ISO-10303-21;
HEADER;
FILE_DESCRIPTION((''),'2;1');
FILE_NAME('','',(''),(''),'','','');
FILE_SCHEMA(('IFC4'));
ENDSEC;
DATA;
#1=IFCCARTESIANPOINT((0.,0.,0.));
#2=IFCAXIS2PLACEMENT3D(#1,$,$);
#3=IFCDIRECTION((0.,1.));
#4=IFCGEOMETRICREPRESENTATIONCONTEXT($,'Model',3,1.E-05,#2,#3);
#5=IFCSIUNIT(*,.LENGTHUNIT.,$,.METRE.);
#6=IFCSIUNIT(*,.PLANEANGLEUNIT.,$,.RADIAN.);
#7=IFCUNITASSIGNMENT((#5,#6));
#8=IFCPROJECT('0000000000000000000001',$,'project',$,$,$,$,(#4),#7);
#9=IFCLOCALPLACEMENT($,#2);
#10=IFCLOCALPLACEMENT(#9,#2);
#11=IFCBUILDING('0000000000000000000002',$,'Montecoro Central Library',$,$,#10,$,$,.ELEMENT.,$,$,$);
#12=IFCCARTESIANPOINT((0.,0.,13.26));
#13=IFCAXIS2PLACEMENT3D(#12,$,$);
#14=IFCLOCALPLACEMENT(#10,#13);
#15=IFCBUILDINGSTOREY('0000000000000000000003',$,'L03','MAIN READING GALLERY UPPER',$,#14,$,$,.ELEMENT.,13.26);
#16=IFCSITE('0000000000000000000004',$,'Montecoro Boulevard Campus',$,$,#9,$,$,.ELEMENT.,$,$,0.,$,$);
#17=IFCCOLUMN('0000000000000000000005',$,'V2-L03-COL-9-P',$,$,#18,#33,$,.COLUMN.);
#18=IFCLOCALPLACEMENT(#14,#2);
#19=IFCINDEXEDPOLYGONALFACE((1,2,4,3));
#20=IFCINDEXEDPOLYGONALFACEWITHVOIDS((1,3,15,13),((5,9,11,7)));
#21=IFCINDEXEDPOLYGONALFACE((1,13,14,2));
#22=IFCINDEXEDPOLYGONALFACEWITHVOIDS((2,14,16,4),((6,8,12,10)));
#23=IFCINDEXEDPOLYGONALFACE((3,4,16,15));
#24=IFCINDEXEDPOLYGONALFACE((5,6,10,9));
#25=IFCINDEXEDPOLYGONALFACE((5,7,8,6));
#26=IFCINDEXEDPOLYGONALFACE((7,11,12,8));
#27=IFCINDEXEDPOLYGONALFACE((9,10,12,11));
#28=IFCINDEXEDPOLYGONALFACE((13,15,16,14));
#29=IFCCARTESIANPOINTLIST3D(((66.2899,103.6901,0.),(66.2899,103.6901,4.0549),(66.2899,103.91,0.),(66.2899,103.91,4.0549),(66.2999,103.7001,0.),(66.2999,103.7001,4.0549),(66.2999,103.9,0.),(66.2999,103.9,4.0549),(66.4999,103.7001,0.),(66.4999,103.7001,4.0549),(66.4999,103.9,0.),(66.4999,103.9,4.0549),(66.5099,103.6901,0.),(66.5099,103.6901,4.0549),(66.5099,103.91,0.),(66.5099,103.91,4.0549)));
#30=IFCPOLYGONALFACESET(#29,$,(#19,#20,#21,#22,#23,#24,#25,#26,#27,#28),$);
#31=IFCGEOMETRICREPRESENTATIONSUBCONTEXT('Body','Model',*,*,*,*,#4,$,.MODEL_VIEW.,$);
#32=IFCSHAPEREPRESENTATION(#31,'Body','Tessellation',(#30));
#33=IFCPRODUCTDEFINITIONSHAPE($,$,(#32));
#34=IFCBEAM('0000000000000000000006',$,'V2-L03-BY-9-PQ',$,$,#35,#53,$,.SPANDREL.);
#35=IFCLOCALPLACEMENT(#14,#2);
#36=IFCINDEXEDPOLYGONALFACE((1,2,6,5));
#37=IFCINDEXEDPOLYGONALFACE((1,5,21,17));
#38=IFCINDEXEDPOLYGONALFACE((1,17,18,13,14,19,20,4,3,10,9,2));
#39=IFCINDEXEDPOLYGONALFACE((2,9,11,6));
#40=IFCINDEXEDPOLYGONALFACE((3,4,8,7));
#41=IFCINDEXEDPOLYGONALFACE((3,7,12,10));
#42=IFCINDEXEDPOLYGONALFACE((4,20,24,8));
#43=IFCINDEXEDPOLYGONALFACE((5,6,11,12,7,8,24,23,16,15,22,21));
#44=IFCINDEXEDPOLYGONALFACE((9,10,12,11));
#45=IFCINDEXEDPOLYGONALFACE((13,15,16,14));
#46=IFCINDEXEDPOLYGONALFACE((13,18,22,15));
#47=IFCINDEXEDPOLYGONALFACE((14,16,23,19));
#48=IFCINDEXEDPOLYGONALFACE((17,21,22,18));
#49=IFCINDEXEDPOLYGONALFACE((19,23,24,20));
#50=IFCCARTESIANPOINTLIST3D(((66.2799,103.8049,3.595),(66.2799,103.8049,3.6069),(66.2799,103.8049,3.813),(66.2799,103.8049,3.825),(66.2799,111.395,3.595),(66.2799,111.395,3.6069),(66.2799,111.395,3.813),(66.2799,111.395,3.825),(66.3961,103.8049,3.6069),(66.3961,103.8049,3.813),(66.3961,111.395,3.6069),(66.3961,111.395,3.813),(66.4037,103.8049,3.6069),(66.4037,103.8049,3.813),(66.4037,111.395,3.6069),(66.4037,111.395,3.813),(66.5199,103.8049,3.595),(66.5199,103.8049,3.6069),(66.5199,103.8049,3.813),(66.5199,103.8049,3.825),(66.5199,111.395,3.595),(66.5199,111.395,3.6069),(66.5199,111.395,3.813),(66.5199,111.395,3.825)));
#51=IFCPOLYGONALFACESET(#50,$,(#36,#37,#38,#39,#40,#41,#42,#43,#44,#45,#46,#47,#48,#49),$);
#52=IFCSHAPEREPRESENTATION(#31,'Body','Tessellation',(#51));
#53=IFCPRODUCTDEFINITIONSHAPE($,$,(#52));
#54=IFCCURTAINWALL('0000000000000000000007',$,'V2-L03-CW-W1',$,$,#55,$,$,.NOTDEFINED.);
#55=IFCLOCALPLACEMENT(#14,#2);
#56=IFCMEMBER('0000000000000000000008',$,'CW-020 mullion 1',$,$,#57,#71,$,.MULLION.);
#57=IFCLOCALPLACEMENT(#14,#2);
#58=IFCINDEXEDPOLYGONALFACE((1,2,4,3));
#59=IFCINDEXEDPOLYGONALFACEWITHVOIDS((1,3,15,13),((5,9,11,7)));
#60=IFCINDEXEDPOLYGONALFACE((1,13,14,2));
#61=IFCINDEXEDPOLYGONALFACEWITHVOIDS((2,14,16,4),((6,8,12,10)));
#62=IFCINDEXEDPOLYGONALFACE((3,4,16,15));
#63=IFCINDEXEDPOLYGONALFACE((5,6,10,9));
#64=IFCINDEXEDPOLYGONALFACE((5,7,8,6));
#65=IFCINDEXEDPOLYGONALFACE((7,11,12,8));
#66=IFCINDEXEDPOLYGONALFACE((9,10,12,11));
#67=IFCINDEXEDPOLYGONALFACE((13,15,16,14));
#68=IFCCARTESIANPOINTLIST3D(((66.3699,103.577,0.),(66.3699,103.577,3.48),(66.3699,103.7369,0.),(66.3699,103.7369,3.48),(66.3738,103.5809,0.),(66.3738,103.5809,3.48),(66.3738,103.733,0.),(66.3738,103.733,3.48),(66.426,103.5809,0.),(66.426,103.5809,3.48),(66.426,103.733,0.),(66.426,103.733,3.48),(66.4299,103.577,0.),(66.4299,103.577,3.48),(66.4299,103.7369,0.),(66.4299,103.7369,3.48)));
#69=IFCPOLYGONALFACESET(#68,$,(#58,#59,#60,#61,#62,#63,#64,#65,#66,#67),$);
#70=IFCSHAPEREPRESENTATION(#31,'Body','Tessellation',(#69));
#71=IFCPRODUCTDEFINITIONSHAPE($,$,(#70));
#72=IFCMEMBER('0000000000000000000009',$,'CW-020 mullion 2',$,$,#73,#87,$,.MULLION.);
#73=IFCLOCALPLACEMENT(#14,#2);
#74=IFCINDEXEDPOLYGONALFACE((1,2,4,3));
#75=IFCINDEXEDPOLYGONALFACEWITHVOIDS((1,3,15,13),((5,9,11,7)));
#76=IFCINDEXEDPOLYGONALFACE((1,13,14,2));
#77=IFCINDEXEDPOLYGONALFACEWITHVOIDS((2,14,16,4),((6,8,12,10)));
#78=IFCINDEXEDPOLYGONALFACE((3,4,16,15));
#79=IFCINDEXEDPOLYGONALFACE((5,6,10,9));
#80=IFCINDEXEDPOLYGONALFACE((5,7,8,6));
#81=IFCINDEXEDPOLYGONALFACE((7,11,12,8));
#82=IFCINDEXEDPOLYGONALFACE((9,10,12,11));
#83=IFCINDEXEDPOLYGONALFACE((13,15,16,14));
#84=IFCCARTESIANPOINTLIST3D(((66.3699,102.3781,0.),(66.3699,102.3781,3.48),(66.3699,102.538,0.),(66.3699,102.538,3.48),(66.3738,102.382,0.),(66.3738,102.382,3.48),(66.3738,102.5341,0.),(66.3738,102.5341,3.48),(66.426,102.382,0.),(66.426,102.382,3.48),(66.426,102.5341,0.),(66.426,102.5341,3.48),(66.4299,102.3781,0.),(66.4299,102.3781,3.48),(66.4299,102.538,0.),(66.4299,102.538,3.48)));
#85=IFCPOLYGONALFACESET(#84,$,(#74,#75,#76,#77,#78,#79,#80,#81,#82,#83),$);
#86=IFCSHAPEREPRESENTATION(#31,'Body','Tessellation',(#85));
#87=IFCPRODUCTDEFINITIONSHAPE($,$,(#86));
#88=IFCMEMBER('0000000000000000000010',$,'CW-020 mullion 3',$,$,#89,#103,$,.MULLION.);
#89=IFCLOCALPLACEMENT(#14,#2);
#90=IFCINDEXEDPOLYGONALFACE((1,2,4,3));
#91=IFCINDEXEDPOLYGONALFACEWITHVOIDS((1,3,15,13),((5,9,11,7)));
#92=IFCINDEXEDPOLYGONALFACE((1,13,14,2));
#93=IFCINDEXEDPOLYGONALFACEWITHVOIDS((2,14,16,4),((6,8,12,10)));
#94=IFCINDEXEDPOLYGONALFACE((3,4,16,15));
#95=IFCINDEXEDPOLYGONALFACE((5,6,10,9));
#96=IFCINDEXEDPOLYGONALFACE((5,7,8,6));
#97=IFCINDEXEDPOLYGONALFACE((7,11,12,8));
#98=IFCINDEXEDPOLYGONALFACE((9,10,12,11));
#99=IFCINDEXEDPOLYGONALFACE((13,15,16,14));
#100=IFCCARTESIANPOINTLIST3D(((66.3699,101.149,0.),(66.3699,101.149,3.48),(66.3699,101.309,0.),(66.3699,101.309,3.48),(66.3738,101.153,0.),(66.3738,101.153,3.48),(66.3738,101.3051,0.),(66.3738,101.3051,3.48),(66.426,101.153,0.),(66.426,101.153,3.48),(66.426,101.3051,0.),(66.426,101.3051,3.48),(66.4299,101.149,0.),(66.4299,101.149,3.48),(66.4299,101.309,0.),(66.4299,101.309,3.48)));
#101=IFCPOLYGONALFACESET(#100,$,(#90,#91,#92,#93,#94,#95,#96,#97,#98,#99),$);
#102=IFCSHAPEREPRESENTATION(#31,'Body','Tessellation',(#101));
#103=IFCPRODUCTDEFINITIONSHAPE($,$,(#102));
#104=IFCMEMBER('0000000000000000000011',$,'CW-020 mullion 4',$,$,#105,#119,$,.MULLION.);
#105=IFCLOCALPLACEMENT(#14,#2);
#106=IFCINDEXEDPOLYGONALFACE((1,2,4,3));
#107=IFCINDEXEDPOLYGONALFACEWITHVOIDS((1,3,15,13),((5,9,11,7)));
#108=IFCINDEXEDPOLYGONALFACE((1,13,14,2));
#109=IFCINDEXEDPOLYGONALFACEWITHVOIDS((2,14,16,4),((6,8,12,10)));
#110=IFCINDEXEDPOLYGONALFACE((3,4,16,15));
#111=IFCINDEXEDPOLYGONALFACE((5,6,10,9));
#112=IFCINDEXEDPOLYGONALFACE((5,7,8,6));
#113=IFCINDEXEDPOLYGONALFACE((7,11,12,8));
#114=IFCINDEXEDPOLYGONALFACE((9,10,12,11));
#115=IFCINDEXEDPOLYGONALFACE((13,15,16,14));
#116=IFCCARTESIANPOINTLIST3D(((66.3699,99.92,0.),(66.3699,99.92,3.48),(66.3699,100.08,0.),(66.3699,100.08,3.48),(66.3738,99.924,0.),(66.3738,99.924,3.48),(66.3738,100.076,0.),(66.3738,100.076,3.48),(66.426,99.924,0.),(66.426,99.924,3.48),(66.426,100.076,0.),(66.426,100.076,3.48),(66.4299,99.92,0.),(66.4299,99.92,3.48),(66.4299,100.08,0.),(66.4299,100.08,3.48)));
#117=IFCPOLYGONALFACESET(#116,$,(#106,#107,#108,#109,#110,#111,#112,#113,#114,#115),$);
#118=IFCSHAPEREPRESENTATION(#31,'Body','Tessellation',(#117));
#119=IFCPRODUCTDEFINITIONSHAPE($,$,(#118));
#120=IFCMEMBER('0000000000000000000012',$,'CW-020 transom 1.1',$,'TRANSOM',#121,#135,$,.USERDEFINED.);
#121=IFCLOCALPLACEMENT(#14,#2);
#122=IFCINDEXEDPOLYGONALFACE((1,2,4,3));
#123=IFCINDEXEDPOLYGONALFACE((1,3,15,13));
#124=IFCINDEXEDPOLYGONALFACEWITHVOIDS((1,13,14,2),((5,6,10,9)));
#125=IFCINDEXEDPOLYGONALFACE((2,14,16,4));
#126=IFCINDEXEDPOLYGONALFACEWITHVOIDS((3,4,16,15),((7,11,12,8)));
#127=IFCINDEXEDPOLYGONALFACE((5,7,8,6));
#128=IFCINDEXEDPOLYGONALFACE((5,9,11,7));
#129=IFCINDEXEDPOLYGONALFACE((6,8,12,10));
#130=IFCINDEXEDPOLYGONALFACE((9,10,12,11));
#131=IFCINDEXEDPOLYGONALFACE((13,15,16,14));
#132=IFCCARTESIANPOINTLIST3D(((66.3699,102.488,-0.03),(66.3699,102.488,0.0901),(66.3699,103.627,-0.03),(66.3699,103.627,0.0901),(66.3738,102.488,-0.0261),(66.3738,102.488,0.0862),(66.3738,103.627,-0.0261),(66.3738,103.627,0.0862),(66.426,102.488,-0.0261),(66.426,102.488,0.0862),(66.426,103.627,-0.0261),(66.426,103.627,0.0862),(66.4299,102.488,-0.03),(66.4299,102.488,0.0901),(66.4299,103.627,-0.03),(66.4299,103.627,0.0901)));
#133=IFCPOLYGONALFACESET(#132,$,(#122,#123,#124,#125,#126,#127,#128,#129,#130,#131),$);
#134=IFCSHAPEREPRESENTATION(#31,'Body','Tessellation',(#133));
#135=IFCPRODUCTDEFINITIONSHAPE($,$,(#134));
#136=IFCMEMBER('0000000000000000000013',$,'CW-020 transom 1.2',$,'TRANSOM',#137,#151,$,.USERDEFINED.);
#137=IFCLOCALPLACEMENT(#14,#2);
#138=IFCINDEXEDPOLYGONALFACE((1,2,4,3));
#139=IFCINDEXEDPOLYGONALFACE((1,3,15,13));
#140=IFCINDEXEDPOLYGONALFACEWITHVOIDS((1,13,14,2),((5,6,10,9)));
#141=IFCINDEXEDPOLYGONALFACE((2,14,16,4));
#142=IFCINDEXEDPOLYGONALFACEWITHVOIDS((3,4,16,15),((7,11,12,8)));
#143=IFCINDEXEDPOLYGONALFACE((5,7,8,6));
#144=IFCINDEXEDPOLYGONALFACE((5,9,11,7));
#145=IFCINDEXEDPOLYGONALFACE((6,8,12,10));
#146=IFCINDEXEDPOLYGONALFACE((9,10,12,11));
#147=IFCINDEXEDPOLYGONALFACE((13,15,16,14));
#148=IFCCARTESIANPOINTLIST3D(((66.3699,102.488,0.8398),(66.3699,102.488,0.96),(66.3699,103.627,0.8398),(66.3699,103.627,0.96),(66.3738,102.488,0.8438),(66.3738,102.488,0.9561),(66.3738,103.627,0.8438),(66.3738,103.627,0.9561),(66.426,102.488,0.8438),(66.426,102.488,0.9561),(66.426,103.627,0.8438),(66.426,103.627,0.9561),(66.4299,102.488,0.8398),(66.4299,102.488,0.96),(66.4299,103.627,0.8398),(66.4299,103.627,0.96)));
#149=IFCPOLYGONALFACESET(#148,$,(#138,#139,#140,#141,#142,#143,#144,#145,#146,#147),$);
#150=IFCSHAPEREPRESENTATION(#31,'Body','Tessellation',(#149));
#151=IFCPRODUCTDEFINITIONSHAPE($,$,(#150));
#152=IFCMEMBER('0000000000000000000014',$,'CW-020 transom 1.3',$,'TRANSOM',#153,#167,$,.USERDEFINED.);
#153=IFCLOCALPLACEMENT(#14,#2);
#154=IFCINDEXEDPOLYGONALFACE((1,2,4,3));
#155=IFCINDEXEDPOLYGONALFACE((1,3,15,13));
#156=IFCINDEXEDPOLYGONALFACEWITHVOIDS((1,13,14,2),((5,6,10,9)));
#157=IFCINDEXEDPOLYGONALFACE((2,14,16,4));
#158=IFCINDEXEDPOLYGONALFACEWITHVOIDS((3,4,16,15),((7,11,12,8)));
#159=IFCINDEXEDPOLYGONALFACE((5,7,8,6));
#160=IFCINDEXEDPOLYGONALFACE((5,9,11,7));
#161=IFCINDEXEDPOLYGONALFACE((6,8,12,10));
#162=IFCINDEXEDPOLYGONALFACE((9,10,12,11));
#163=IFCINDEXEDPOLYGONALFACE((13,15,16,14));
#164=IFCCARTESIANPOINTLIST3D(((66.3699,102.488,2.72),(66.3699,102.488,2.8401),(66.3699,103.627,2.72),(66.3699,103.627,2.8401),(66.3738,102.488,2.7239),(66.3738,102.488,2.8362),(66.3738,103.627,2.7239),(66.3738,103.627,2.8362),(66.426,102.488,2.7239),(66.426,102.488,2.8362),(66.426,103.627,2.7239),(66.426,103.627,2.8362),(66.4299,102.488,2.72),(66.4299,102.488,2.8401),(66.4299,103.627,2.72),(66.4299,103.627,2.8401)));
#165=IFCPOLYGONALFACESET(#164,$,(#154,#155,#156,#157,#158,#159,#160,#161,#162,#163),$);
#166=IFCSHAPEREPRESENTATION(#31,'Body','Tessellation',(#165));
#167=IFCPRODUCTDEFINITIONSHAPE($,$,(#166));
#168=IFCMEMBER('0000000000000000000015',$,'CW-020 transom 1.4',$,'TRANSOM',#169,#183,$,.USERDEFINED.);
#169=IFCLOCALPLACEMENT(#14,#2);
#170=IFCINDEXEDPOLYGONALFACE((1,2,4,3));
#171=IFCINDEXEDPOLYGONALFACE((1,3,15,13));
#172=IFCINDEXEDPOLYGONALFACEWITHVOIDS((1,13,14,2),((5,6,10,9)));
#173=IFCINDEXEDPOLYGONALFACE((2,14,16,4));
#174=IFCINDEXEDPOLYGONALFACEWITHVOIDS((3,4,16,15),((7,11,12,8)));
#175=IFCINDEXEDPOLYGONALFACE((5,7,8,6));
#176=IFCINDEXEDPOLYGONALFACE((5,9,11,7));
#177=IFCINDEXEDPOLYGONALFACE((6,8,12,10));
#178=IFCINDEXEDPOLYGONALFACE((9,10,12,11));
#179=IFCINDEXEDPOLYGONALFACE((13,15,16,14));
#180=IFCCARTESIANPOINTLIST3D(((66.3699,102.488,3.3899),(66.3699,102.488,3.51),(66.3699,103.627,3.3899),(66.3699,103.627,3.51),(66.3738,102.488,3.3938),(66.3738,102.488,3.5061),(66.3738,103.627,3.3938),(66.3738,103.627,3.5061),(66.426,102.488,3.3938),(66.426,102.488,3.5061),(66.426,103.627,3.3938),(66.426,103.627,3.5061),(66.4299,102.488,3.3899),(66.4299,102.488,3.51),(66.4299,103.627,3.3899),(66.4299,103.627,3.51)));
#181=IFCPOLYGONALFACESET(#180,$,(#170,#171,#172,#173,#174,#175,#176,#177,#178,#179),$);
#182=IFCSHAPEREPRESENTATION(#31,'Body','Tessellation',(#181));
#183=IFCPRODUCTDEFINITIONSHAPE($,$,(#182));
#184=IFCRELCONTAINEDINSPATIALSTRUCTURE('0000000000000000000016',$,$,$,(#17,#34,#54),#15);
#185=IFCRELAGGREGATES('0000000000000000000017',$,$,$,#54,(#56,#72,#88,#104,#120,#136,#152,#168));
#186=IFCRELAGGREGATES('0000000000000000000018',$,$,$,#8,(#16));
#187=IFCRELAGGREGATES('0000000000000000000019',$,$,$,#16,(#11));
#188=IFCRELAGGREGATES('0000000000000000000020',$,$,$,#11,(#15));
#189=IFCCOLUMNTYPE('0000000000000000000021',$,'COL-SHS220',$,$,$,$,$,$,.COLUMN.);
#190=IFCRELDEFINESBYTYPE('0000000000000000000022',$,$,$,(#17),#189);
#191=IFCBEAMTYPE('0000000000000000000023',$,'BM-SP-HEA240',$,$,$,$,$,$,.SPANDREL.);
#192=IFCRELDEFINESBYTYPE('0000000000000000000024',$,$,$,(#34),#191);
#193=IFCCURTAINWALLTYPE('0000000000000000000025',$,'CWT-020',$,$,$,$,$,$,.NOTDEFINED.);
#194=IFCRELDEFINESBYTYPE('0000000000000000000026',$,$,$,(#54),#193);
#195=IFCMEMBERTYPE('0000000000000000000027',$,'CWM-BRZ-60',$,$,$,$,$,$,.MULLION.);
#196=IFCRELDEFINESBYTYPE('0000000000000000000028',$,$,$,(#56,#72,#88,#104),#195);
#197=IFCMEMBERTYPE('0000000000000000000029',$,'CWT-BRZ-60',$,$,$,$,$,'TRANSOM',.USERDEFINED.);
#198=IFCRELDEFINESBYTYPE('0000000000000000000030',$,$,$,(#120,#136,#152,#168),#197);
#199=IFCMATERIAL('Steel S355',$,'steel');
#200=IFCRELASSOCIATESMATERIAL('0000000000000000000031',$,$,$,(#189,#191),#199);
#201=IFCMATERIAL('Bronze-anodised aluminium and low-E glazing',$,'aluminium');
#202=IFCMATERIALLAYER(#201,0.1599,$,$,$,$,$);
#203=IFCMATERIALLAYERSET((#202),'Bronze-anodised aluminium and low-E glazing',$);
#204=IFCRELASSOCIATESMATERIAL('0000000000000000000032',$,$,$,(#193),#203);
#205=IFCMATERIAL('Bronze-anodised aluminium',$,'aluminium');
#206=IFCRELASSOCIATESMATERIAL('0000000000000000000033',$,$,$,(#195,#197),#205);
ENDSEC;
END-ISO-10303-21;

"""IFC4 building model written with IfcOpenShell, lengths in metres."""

from ifc_helpers import new_model, si_unit, direction, frame, origin, origin_2d, place, context, subcontext, project, spatial, hollow_rectangle, i_section, extrude, material, layer, layer_set, material_profile, profile_set, type_object, element, aggregate, save


model = new_model("IFC4")

# Units and contexts
model_context = context("Model", 3, precision=1e-05, world=origin(), true_north=direction((0.0, 1.0)))
body_context = subcontext(model_context, "Body", "Model", "MODEL_VIEW")
ifc_project = project(units=[si_unit("LENGTHUNIT", "METRE"), si_unit("PLANEANGLEUNIT", "RADIAN")], contexts=[model_context])

# Site, building, storey
site_placement = place(None, origin())
site = spatial("IfcSite", under=ifc_project, at=site_placement, Name="Montecoro Boulevard Campus", CompositionType="ELEMENT", RefElevation=0.0)
building_placement = place(site_placement, origin())
building = spatial("IfcBuilding", under=site, at=building_placement, Name="Montecoro Central Library", CompositionType="ELEMENT")
storey_placement = place(building_placement, frame((0.0, 0.0, 13.26)))
storey = spatial("IfcBuildingStorey", under=building, at=storey_placement, Name="L03", Description="MAIN READING GALLERY UPPER", CompositionType="ELEMENT", Elevation=13.26)

# Column
ifc_material_1 = material(Name="Steel S355", Category="steel")
ifc_material_profile_1 = material_profile(ifc_material_1, hollow_rectangle(XDim=0.22, YDim=0.22, WallThickness=0.01, at=origin_2d()), Name="SHS 220x220x10.0")
ifc_profile_set_1 = profile_set([ifc_material_profile_1], Name="Steel S355")
column_type = type_object("IfcColumnType", Name="COL-SHS220", PredefinedType="COLUMN", material=ifc_profile_set_1)
column_placement = place(storey_placement, frame((66.3999, 103.8, 0.0), z_axis=(0.0, 0.0, 1.0), x_axis=(1.0, 0.0, 0.0)))
element("IfcColumn", 1, at=column_placement, inside=storey, type_object=column_type, Name="V2-L03-COL-9-P", PredefinedType="COLUMN", context=body_context, shape_type="SweptSolid", body=[
    extrude(hollow_rectangle(XDim=0.22, YDim=0.22, WallThickness=0.01, at=origin_2d()), origin(), (0.0, 0.0, 1.0), 4.0549),
])

# Beam
ifc_material_profile_2 = material_profile(ifc_material_1, i_section(OverallWidth=0.24, OverallDepth=0.23, WebThickness=0.0076, FlangeThickness=0.012, at=origin_2d()), Name="HEA 240")
ifc_profile_set_2 = profile_set([ifc_material_profile_2], Name="Steel S355")
beam_type = type_object("IfcBeamType", Name="BM-SP-HEA240", PredefinedType="SPANDREL", material=ifc_profile_set_2)
beam_placement = place(storey_placement, frame((66.3999, 103.8049, 3.71), z_axis=(0.0, 1.0, 0.0), x_axis=(-1.0, 0.0, 0.0)))
element("IfcBeam", 2, at=beam_placement, inside=storey, type_object=beam_type, Name="V2-L03-BY-9-PQ", PredefinedType="SPANDREL", context=body_context, shape_type="SweptSolid", body=[
    extrude(i_section(OverallWidth=0.24, OverallDepth=0.23, WebThickness=0.0076, FlangeThickness=0.012, at=origin_2d()), origin(), (0.0, 0.0, 1.0), 7.5901),
])

# Curtain wall, members
ifc_material_2 = material(Name="Bronze-anodised aluminium and low-E glazing", Category="aluminium")
ifc_layer_1 = layer(ifc_material_2, 0.1599)
ifc_layer_set_1 = layer_set([ifc_layer_1], Name="Bronze-anodised aluminium and low-E glazing")
curtain_wall_type = type_object("IfcCurtainWallType", Name="CWT-020", PredefinedType="NOTDEFINED", material=ifc_layer_set_1)
curtain_wall_placement = place(storey_placement, origin())
curtain_wall = element("IfcCurtainWall", 3, at=curtain_wall_placement, inside=storey, type_object=curtain_wall_type, Name="V2-L03-CW-W1", PredefinedType="NOTDEFINED")
ifc_material_3 = material(Name="Bronze-anodised aluminium", Category="aluminium")
ifc_material_profile_3 = material_profile(ifc_material_3, hollow_rectangle(XDim=0.0601, YDim=0.1599, WallThickness=0.0039, at=origin_2d()), Name="CWM 160x60x4.0")
ifc_profile_set_3 = profile_set([ifc_material_profile_3], Name="Bronze-anodised aluminium")
member_type_1 = type_object("IfcMemberType", Name="CWM-BRZ-60", PredefinedType="MULLION", material=ifc_profile_set_3)
member_1_placement = place(storey_placement, frame((66.3999, 103.657, 0.0), z_axis=(0.0, 0.0, 1.0), x_axis=(1.0, 0.0, 0.0)))
member_1 = element("IfcMember", 4, at=member_1_placement, type_object=member_type_1, Name="CW-020 mullion 1", PredefinedType="MULLION", context=body_context, shape_type="SweptSolid", body=[
    extrude(hollow_rectangle(XDim=0.0601, YDim=0.1599, WallThickness=0.0039, at=origin_2d()), origin(), (0.0, 0.0, 1.0), 3.48),
])
member_2_placement = place(storey_placement, frame((66.3999, 102.458, 0.0), z_axis=(0.0, 0.0, 1.0), x_axis=(1.0, 0.0, 0.0)))
member_2 = element("IfcMember", 5, at=member_2_placement, type_object=member_type_1, Name="CW-020 mullion 2", PredefinedType="MULLION", context=body_context, shape_type="SweptSolid", body=[
    extrude(hollow_rectangle(XDim=0.0601, YDim=0.1599, WallThickness=0.0039, at=origin_2d()), origin(), (0.0, 0.0, 1.0), 3.48),
])
member_3_placement = place(storey_placement, frame((66.3999, 101.229, 0.0), z_axis=(0.0, 0.0, 1.0), x_axis=(1.0, 0.0, 0.0)))
member_3 = element("IfcMember", 6, at=member_3_placement, type_object=member_type_1, Name="CW-020 mullion 3", PredefinedType="MULLION", context=body_context, shape_type="SweptSolid", body=[
    extrude(hollow_rectangle(XDim=0.0601, YDim=0.1599, WallThickness=0.0039, at=origin_2d()), origin(), (0.0, 0.0, 1.0), 3.48),
])
member_4_placement = place(storey_placement, frame((66.3999, 100.0, 0.0), z_axis=(0.0, 0.0, 1.0), x_axis=(1.0, 0.0, 0.0)))
member_4 = element("IfcMember", 7, at=member_4_placement, type_object=member_type_1, Name="CW-020 mullion 4", PredefinedType="MULLION", context=body_context, shape_type="SweptSolid", body=[
    extrude(hollow_rectangle(XDim=0.0601, YDim=0.1599, WallThickness=0.0039, at=origin_2d()), origin(), (0.0, 0.0, 1.0), 3.48),
])
ifc_material_profile_4 = material_profile(ifc_material_3, hollow_rectangle(XDim=0.0601, YDim=0.1201, WallThickness=0.0039, at=origin_2d()), Name="CWT 120x60x4.0")
ifc_profile_set_4 = profile_set([ifc_material_profile_4], Name="Bronze-anodised aluminium")
member_type_2 = type_object("IfcMemberType", Name="CWT-BRZ-60", ElementType="TRANSOM", PredefinedType="USERDEFINED", material=ifc_profile_set_4)
member_5_placement = place(storey_placement, frame((66.3999, 103.627, 0.03), z_axis=(0.0, -1.0, 0.0), x_axis=(1.0, 0.0, 0.0)))
member_5 = element("IfcMember", 8, at=member_5_placement, type_object=member_type_2, Name="CW-020 transom 1.1", ObjectType="TRANSOM", PredefinedType="USERDEFINED", context=body_context, shape_type="SweptSolid", body=[
    extrude(hollow_rectangle(XDim=0.0601, YDim=0.1201, WallThickness=0.0039, at=origin_2d()), origin(), (0.0, 0.0, 1.0), 1.1389),
])
member_6_placement = place(storey_placement, frame((66.3999, 103.627, 0.8999), z_axis=(0.0, -1.0, 0.0), x_axis=(1.0, 0.0, 0.0)))
member_6 = element("IfcMember", 9, at=member_6_placement, type_object=member_type_2, Name="CW-020 transom 1.2", ObjectType="TRANSOM", PredefinedType="USERDEFINED", context=body_context, shape_type="SweptSolid", body=[
    extrude(hollow_rectangle(XDim=0.0601, YDim=0.1201, WallThickness=0.0039, at=origin_2d()), origin(), (0.0, 0.0, 1.0), 1.1389),
])
member_7_placement = place(storey_placement, frame((66.3999, 103.627, 2.78), z_axis=(0.0, -1.0, 0.0), x_axis=(1.0, 0.0, 0.0)))
member_7 = element("IfcMember", 10, at=member_7_placement, type_object=member_type_2, Name="CW-020 transom 1.3", ObjectType="TRANSOM", PredefinedType="USERDEFINED", context=body_context, shape_type="SweptSolid", body=[
    extrude(hollow_rectangle(XDim=0.0601, YDim=0.1201, WallThickness=0.0039, at=origin_2d()), origin(), (0.0, 0.0, 1.0), 1.1389),
])
member_8_placement = place(storey_placement, frame((66.3999, 103.627, 3.45), z_axis=(0.0, -1.0, 0.0), x_axis=(1.0, 0.0, 0.0)))
member_8 = element("IfcMember", 11, at=member_8_placement, type_object=member_type_2, Name="CW-020 transom 1.4", ObjectType="TRANSOM", PredefinedType="USERDEFINED", context=body_context, shape_type="SweptSolid", body=[
    extrude(hollow_rectangle(XDim=0.0601, YDim=0.1201, WallThickness=0.0039, at=origin_2d()), origin(), (0.0, 0.0, 1.0), 1.1389),
])
aggregate(curtain_wall, [member_1, member_2, member_3, member_4, member_5, member_6, member_7, member_8])

save(model, "model.ifc")
